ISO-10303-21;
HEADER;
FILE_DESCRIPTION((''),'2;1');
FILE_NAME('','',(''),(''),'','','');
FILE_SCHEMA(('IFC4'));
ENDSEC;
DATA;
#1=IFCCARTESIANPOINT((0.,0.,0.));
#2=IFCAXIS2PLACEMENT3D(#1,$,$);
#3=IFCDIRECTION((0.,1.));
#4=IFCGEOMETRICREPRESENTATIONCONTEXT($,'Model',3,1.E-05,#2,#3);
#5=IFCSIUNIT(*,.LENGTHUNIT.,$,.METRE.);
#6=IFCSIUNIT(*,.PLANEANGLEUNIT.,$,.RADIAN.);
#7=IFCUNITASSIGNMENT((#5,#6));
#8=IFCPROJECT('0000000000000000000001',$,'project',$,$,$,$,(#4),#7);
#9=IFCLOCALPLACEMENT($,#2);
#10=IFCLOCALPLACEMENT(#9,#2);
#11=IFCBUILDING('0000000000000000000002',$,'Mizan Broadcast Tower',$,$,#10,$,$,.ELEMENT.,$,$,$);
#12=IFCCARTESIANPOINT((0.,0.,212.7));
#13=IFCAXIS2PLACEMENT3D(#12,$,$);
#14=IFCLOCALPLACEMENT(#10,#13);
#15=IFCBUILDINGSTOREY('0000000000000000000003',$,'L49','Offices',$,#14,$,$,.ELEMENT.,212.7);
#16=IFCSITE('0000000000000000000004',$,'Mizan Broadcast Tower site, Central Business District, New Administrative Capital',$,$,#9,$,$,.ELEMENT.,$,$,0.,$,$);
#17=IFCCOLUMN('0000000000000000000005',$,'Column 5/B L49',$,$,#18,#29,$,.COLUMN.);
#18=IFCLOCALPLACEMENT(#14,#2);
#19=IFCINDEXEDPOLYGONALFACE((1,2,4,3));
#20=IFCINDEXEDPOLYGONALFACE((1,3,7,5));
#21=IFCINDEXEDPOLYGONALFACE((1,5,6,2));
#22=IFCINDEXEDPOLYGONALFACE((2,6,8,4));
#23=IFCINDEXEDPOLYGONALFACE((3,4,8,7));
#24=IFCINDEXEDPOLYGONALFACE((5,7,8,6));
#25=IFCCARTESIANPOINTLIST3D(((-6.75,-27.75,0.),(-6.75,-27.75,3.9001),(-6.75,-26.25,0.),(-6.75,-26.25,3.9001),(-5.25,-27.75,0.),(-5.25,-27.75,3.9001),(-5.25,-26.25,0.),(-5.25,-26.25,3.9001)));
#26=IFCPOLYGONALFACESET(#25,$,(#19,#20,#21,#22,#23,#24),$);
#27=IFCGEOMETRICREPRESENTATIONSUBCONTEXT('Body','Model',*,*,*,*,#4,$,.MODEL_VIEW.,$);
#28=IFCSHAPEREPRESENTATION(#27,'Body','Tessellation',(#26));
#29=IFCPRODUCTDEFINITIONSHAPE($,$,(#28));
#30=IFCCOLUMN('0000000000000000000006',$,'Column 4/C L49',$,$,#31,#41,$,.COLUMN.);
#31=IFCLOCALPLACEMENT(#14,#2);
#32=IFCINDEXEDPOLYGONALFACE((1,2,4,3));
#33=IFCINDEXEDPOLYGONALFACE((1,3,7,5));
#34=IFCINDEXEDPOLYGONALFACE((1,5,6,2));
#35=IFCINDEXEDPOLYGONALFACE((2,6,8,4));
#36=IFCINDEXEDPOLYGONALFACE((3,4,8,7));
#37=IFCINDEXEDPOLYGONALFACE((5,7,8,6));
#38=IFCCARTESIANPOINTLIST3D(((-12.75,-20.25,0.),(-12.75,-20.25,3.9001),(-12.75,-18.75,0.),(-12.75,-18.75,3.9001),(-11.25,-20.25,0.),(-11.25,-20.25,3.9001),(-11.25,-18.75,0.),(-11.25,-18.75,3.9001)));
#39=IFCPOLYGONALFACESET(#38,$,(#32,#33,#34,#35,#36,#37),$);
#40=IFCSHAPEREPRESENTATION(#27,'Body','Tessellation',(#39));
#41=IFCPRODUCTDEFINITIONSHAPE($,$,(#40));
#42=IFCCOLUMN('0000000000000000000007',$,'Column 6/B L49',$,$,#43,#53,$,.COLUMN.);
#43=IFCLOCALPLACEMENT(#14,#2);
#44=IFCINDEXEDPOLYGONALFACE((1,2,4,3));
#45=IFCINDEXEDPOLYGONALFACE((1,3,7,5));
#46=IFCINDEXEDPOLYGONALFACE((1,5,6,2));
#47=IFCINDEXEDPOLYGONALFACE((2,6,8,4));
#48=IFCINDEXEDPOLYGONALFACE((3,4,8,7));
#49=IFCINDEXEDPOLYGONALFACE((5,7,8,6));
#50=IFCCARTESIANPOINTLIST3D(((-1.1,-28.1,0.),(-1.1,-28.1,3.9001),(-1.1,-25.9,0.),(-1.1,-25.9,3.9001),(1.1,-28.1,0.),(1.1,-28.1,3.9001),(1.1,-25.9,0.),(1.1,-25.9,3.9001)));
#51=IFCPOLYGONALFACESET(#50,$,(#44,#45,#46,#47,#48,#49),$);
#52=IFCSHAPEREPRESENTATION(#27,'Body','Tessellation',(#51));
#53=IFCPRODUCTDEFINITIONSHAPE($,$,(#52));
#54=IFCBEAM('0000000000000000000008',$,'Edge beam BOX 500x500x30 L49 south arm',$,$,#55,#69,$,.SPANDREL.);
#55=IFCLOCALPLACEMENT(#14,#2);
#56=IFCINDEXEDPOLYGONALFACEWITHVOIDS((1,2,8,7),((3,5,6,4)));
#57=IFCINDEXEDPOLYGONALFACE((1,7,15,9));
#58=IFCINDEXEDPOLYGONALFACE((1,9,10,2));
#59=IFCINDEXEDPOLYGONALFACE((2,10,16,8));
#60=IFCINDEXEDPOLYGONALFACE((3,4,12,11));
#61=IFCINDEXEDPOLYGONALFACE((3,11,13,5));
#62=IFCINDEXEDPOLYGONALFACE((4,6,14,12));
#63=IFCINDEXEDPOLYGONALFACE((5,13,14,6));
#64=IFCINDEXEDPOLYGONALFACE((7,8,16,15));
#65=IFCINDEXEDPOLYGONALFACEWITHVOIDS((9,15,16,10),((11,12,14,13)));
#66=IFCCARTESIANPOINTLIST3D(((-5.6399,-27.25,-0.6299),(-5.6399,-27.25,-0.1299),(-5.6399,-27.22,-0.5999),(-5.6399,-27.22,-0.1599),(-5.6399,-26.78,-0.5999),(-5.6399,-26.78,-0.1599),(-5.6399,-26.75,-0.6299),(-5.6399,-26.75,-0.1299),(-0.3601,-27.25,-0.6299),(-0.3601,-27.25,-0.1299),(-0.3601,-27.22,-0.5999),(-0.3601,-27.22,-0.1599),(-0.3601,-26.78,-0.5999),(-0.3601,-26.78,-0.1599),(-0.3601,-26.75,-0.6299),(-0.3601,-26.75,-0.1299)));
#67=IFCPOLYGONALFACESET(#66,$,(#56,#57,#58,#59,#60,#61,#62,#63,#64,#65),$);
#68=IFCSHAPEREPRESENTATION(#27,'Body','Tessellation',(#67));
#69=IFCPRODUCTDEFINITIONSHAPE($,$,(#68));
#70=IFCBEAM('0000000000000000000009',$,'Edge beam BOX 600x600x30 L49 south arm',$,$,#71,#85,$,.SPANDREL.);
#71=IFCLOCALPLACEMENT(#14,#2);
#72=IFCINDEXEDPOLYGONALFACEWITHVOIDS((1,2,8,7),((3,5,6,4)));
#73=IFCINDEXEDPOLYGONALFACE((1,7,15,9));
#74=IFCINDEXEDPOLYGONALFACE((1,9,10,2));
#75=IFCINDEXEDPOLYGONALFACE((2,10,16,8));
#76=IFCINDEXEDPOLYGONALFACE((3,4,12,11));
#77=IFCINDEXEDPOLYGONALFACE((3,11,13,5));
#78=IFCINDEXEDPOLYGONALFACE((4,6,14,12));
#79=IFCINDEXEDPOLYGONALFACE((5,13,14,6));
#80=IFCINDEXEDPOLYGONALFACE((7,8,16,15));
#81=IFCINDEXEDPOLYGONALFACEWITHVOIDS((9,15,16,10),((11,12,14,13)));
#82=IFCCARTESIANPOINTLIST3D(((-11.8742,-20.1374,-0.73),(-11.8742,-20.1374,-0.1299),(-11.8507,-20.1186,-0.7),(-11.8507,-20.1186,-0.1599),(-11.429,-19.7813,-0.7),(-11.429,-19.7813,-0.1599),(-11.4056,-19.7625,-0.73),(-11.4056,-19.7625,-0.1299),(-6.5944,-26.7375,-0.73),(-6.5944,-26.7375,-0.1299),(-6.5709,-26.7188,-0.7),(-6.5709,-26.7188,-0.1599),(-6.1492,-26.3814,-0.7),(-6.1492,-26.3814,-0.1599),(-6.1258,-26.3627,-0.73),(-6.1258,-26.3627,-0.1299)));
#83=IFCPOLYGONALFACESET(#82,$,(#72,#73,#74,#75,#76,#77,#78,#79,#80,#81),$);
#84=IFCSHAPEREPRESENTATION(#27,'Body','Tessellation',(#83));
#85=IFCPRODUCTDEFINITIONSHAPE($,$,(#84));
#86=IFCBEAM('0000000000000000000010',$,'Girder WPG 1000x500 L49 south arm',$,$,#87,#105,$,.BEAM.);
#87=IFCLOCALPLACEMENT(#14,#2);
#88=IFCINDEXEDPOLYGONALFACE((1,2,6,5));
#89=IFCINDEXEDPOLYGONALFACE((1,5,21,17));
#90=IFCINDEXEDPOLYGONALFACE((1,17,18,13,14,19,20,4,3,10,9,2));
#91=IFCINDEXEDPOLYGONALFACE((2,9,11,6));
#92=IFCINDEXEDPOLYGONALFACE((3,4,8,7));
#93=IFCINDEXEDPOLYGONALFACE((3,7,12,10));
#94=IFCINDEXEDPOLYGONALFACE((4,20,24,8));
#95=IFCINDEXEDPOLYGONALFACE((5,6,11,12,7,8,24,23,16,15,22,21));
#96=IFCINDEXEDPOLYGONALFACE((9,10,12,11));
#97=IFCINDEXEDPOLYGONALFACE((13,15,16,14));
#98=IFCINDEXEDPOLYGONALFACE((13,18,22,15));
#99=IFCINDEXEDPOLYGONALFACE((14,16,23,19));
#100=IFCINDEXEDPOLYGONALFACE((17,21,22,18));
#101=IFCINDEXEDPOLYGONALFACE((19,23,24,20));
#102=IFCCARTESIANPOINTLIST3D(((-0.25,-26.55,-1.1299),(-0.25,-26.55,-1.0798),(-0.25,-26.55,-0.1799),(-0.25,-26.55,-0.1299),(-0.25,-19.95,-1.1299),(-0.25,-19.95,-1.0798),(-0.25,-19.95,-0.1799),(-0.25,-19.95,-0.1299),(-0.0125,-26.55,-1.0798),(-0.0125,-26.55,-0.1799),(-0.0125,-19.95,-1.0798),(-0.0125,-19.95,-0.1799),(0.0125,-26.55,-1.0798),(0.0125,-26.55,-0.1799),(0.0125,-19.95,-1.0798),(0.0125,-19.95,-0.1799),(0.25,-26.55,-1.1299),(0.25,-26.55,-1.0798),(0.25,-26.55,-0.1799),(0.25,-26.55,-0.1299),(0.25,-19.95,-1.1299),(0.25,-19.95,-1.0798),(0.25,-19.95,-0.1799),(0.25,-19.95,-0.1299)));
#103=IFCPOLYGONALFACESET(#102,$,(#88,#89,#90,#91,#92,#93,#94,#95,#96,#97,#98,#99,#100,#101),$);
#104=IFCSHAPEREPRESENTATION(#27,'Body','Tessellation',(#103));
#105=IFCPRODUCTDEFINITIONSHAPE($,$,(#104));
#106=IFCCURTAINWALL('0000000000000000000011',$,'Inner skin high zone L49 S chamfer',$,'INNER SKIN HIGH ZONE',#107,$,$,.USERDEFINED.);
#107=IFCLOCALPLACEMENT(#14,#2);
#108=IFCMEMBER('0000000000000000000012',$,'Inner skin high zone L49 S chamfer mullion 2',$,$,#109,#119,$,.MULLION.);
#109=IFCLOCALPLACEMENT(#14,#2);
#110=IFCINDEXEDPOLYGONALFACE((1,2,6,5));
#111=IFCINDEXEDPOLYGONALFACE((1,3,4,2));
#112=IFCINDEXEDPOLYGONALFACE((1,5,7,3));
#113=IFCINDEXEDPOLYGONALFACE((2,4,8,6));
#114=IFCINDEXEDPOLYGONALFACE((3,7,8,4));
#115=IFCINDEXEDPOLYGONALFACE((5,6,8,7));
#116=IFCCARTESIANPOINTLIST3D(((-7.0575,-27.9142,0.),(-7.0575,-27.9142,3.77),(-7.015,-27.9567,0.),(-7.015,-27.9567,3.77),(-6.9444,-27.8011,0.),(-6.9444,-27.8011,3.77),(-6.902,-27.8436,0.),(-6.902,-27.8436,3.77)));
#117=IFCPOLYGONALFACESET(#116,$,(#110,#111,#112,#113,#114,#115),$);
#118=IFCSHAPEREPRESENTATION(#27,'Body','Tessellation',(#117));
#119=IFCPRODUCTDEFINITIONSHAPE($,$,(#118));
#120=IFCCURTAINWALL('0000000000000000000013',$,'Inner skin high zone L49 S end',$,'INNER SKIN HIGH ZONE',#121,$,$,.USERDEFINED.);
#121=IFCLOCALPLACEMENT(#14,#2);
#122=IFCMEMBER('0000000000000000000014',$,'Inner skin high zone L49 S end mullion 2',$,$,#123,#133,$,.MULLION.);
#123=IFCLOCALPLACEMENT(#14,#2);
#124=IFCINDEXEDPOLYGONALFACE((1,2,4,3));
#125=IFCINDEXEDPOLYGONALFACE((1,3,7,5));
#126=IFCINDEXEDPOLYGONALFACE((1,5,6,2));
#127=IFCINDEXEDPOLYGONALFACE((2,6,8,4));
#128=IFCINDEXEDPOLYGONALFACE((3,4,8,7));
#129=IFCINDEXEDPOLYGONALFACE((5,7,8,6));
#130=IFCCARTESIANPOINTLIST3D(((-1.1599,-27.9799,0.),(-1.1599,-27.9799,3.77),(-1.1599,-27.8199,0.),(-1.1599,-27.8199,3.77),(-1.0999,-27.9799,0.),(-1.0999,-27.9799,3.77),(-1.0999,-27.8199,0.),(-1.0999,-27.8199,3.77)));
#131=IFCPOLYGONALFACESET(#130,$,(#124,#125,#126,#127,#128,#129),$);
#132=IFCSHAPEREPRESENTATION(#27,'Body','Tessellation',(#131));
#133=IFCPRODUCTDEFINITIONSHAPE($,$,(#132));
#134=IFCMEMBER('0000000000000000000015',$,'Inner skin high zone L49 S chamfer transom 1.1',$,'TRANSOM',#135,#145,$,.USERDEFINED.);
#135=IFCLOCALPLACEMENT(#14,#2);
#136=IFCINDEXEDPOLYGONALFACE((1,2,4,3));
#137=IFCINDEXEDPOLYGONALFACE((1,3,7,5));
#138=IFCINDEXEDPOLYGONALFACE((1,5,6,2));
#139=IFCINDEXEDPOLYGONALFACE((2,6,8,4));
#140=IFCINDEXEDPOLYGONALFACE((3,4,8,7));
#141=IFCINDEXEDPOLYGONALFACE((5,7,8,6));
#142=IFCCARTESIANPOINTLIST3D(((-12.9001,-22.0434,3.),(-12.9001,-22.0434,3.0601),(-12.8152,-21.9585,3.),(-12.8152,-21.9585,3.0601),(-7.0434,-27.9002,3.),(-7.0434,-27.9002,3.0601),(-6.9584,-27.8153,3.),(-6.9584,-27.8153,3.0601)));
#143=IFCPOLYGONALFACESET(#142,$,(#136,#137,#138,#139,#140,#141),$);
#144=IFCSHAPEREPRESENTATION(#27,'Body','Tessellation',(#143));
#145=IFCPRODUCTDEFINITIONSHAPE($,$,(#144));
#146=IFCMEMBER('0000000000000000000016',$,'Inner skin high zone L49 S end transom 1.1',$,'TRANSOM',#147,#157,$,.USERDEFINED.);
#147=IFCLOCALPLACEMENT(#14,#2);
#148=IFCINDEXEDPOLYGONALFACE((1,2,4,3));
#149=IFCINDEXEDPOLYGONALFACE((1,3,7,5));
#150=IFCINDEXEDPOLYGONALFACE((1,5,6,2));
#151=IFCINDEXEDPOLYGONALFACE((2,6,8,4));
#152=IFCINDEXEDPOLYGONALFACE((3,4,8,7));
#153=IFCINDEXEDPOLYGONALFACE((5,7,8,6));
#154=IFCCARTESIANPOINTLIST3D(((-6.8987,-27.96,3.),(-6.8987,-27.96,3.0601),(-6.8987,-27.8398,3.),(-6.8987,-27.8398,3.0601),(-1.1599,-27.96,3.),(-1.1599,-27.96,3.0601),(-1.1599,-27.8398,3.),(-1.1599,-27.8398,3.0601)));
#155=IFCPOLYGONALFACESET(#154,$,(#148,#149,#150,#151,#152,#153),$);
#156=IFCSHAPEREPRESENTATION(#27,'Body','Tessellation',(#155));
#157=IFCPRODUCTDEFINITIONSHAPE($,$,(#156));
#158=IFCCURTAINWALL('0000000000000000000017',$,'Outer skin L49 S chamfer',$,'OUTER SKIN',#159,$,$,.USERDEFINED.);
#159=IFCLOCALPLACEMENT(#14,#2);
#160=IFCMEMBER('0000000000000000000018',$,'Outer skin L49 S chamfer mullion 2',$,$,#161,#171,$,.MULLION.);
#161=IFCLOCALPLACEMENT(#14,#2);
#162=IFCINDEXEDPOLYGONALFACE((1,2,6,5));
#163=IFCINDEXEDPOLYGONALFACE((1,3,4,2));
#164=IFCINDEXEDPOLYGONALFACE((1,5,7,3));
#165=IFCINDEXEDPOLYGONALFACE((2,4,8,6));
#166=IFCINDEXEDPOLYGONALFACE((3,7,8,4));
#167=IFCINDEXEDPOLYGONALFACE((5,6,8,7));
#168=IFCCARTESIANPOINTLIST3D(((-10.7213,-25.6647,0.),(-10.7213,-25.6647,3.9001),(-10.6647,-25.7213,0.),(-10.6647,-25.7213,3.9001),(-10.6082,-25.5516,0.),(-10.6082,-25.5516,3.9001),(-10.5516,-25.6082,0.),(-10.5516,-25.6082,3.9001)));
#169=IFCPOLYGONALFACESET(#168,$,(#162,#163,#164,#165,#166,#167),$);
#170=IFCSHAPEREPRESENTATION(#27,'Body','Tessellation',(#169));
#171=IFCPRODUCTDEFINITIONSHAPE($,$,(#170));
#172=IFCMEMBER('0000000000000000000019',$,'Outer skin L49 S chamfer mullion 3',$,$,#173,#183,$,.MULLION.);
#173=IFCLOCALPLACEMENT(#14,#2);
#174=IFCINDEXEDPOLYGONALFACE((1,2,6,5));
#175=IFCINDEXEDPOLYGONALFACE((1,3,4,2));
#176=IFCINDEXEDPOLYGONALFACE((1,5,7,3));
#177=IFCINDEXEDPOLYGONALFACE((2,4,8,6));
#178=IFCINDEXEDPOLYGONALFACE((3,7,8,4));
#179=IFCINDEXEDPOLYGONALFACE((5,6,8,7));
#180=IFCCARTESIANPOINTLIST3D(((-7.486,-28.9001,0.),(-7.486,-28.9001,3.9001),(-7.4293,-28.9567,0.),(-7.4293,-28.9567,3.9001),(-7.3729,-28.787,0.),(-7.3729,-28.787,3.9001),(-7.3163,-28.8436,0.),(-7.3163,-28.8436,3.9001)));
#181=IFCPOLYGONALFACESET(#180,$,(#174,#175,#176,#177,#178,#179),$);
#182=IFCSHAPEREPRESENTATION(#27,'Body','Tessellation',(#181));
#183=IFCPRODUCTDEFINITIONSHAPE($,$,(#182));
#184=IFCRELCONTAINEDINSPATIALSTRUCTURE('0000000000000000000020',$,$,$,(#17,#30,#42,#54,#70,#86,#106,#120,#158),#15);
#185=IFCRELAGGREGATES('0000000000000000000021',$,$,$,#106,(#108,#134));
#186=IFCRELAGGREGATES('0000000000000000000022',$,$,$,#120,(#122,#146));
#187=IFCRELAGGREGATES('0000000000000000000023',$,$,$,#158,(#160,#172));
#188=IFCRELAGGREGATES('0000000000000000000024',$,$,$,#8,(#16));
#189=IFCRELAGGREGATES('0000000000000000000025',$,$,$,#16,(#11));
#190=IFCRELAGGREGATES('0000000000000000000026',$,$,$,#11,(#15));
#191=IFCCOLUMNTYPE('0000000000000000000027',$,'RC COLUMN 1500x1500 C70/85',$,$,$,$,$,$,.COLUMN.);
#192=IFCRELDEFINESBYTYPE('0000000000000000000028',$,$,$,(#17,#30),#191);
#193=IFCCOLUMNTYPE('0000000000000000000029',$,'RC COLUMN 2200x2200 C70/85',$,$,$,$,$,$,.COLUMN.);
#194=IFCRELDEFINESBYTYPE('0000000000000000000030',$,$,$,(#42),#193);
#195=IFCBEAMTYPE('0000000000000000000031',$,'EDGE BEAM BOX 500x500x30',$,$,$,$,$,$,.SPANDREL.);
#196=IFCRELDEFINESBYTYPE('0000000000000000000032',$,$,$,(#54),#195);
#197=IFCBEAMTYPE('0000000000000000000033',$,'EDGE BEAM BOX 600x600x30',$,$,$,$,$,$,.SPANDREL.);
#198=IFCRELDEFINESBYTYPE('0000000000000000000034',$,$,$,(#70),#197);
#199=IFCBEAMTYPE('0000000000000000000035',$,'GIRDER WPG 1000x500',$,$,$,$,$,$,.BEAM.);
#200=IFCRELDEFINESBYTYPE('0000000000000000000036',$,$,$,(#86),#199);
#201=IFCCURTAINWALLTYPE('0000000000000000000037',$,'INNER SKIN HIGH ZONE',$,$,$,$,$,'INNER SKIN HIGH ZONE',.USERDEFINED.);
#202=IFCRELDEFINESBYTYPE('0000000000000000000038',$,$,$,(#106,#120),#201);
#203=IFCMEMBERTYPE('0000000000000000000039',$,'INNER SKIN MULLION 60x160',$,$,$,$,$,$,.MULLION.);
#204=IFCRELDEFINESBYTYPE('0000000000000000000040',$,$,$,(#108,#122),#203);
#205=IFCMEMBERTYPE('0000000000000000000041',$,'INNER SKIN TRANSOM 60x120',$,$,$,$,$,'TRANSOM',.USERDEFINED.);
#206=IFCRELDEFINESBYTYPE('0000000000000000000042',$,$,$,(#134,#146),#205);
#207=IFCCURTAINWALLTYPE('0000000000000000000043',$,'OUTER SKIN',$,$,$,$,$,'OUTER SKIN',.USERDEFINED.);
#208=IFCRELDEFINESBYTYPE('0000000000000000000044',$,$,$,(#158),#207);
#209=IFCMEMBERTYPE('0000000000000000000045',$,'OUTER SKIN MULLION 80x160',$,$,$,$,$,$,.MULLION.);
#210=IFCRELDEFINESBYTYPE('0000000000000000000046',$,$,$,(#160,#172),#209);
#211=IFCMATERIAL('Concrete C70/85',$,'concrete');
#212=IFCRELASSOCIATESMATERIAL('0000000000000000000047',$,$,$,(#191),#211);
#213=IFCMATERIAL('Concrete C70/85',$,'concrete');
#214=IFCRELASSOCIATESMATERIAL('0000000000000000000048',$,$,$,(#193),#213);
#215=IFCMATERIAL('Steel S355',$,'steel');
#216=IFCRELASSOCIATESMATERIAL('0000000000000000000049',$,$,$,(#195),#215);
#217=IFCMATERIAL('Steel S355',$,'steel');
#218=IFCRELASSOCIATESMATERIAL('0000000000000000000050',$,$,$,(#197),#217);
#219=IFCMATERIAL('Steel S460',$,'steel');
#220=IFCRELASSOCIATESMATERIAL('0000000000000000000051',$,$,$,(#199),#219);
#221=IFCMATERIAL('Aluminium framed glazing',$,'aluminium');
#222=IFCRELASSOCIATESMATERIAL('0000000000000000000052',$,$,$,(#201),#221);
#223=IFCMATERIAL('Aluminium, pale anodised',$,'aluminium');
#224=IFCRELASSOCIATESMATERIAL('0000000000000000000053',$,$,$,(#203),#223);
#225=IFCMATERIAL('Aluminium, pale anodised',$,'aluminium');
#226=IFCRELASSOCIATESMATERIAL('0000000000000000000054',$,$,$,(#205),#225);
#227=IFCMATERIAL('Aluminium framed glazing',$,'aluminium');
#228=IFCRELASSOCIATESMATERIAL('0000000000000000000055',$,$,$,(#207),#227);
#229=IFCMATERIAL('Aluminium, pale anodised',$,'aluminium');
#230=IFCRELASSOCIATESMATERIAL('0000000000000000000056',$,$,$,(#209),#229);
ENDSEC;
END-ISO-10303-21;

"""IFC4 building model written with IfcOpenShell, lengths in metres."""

from ifc_helpers import new_model, si_unit, direction, frame, origin, origin_2d, place, context, subcontext, project, spatial, rectangle, hollow_rectangle, i_section, extrude, material, material_profile, profile_set, type_object, element, aggregate, save


model = new_model("IFC4")

# Units and contexts
model_context = context("Model", 3, precision=1e-05, world=origin(), true_north=direction((0.0, 1.0)))
body_context = subcontext(model_context, "Body", "Model", "MODEL_VIEW")
ifc_project = project(units=[si_unit("LENGTHUNIT", "METRE"), si_unit("PLANEANGLEUNIT", "RADIAN")], contexts=[model_context])

# Site, building, storey
site_placement = place(None, origin())
site = spatial("IfcSite", under=ifc_project, at=site_placement, Name="Mizan Broadcast Tower site, Central Business District, New Administrative Capital", CompositionType="ELEMENT", RefElevation=0.0)
building_placement = place(site_placement, origin())
building = spatial("IfcBuilding", under=site, at=building_placement, Name="Mizan Broadcast Tower", CompositionType="ELEMENT")
storey_placement = place(building_placement, frame((0.0, 0.0, 212.7)))
storey = spatial("IfcBuildingStorey", under=building, at=storey_placement, Name="L49", Description="Offices", CompositionType="ELEMENT", Elevation=212.7)

# Columns
ifc_material_1 = material(Name="Concrete C70/85", Category="concrete")
ifc_material_profile_1 = material_profile(ifc_material_1, rectangle(XDim=1.5, YDim=1.5, at=origin_2d()), Name="RC 1500x1500")
ifc_profile_set_1 = profile_set([ifc_material_profile_1], Name="Concrete C70/85")
column_type_1 = type_object("IfcColumnType", Name="RC COLUMN 1500x1500 C70/85", PredefinedType="COLUMN", material=ifc_profile_set_1)
for number, where, z_axis, x_axis, name in (
    (1, (-6.0, -27.0, 0.0), (0.0, 0.0, 1.0), (1.0, 0.0, 0.0), "Column 5/B L49"),
    (2, (-12.0, -19.5, 0.0), (0.0, 0.0, 1.0), (1.0, 0.0, 0.0), "Column 4/C L49"),
):
    element("IfcColumn", number, at=place(storey_placement, frame(where, z_axis=z_axis, x_axis=x_axis)), inside=storey, type_object=column_type_1, Name=name, PredefinedType="COLUMN", context=body_context, shape_type="SweptSolid", body=[
        extrude(rectangle(XDim=1.5, YDim=1.5, at=origin_2d()), origin(), (0.0, 0.0, 1.0), 3.9001),
    ])
ifc_material_2 = material(Name="Concrete C70/85", Category="concrete")
ifc_material_profile_2 = material_profile(ifc_material_2, rectangle(XDim=2.2, YDim=2.2, at=origin_2d()), Name="RC 2200x2200")
ifc_profile_set_2 = profile_set([ifc_material_profile_2], Name="Concrete C70/85")
column_type_2 = type_object("IfcColumnType", Name="RC COLUMN 2200x2200 C70/85", PredefinedType="COLUMN", material=ifc_profile_set_2)
column_placement = place(storey_placement, frame((0.0, -27.0, 0.0), z_axis=(0.0, 0.0, 1.0), x_axis=(1.0, 0.0, 0.0)))
element("IfcColumn", 3, at=column_placement, inside=storey, type_object=column_type_2, Name="Column 6/B L49", PredefinedType="COLUMN", context=body_context, shape_type="SweptSolid", body=[
    extrude(rectangle(XDim=2.2, YDim=2.2, at=origin_2d()), origin(), (0.0, 0.0, 1.0), 3.9001),
])

# Beams
ifc_material_3 = material(Name="Steel S355", Category="steel")
ifc_material_profile_3 = material_profile(ifc_material_3, hollow_rectangle(XDim=0.5, YDim=0.5, WallThickness=0.03, at=origin_2d()), Name="BOX 500x500x30")
ifc_profile_set_3 = profile_set([ifc_material_profile_3], Name="Steel S355")
beam_type_1 = type_object("IfcBeamType", Name="EDGE BEAM BOX 500x500x30", PredefinedType="SPANDREL", material=ifc_profile_set_3)
beam_1_placement = place(storey_placement, frame((-5.6399, -27.0, -0.3799), z_axis=(1.0, 0.0, 0.0), x_axis=(0.0, 1.0, 0.0)))
element("IfcBeam", 4, at=beam_1_placement, inside=storey, type_object=beam_type_1, Name="Edge beam BOX 500x500x30 L49 south arm", PredefinedType="SPANDREL", context=body_context, shape_type="SweptSolid", body=[
    extrude(hollow_rectangle(XDim=0.5, YDim=0.5, WallThickness=0.03, at=origin_2d()), origin(), (0.0, 0.0, 1.0), 5.2798),
])
ifc_material_4 = material(Name="Steel S355", Category="steel")
ifc_material_profile_4 = material_profile(ifc_material_4, hollow_rectangle(XDim=0.6001, YDim=0.6001, WallThickness=0.03, at=origin_2d()), Name="BOX 600x600x30")
ifc_profile_set_4 = profile_set([ifc_material_profile_4], Name="Steel S355")
beam_type_2 = type_object("IfcBeamType", Name="EDGE BEAM BOX 600x600x30", PredefinedType="SPANDREL", material=ifc_profile_set_4)
beam_2_placement = place(storey_placement, frame((-11.6399, -19.95, -0.4299), z_axis=(0.624674, -0.780886, 0.0), x_axis=(0.780886, 0.624674, 0.0)))
element("IfcBeam", 5, at=beam_2_placement, inside=storey, type_object=beam_type_2, Name="Edge beam BOX 600x600x30 L49 south arm", PredefinedType="SPANDREL", context=body_context, shape_type="SweptSolid", body=[
    extrude(hollow_rectangle(XDim=0.6001, YDim=0.6001, WallThickness=0.03, at=origin_2d()), origin(), (0.0, 0.0, 1.0), 8.4521),
])
ifc_material_5 = material(Name="Steel S460", Category="steel")
ifc_material_profile_5 = material_profile(ifc_material_5, i_section(OverallWidth=0.5, OverallDepth=1.0, WebThickness=0.0249, FlangeThickness=0.05, at=origin_2d()), Name="WPG 1000x500")
ifc_profile_set_5 = profile_set([ifc_material_profile_5], Name="Steel S460")
beam_type_3 = type_object("IfcBeamType", Name="GIRDER WPG 1000x500", PredefinedType="BEAM", material=ifc_profile_set_5)
beam_3_placement = place(storey_placement, frame((0.0, -19.95, -0.6299), z_axis=(0.0, -1.0, 0.0), x_axis=(1.0, 0.0, 0.0)))
element("IfcBeam", 6, at=beam_3_placement, inside=storey, type_object=beam_type_3, Name="Girder WPG 1000x500 L49 south arm", PredefinedType="BEAM", context=body_context, shape_type="SweptSolid", body=[
    extrude(i_section(OverallWidth=0.5, OverallDepth=1.0, WebThickness=0.0249, FlangeThickness=0.05, at=origin_2d()), origin(), (0.0, 0.0, 1.0), 6.6001),
])

# Curtain walls, members
ifc_material_6 = material(Name="Aluminium framed glazing", Category="aluminium")
curtain_wall_type_1 = type_object("IfcCurtainWallType", Name="INNER SKIN HIGH ZONE", ElementType="INNER SKIN HIGH ZONE", PredefinedType="USERDEFINED", material=ifc_material_6)
curtain_wall_1_placement = place(storey_placement, origin())
curtain_wall_1 = element("IfcCurtainWall", 7, at=curtain_wall_1_placement, inside=storey, type_object=curtain_wall_type_1, Name="Inner skin high zone L49 S chamfer", ObjectType="INNER SKIN HIGH ZONE", PredefinedType="USERDEFINED")
ifc_material_7 = material(Name="Aluminium, pale anodised", Category="aluminium")
ifc_material_profile_6 = material_profile(ifc_material_7, rectangle(XDim=0.1599, YDim=0.0601, at=origin_2d()), Name="MULLION 160x60")
ifc_profile_set_6 = profile_set([ifc_material_profile_6], Name="Aluminium, pale anodised")
member_type_1 = type_object("IfcMemberType", Name="INNER SKIN MULLION 60x160", PredefinedType="MULLION", material=ifc_profile_set_6)
member_1_placement = place(storey_placement, frame((-6.9797, -27.8789, 0.0), z_axis=(0.0, 0.0, 1.0), x_axis=(0.707107, 0.707107, 0.0)))
member_1 = element("IfcMember", 8, at=member_1_placement, type_object=member_type_1, Name="Inner skin high zone L49 S chamfer mullion 2", PredefinedType="MULLION", context=body_context, shape_type="SweptSolid", body=[
    extrude(rectangle(XDim=0.1599, YDim=0.0601, at=origin_2d()), origin(), (0.0, 0.0, 1.0), 3.77),
])
curtain_wall_2_placement = place(storey_placement, origin())
curtain_wall_2 = element("IfcCurtainWall", 9, at=curtain_wall_2_placement, inside=storey, type_object=curtain_wall_type_1, Name="Inner skin high zone L49 S end", ObjectType="INNER SKIN HIGH ZONE", PredefinedType="USERDEFINED")
member_2_placement = place(storey_placement, frame((-1.1299, -27.8999, 0.0), z_axis=(0.0, 0.0, 1.0), x_axis=(0.0, 1.0, 0.0)))
member_2 = element("IfcMember", 10, at=member_2_placement, type_object=member_type_1, Name="Inner skin high zone L49 S end mullion 2", PredefinedType="MULLION", context=body_context, shape_type="SweptSolid", body=[
    extrude(rectangle(XDim=0.1599, YDim=0.0601, at=origin_2d()), origin(), (0.0, 0.0, 1.0), 3.77),
])

# Members
ifc_material_8 = material(Name="Aluminium, pale anodised", Category="aluminium")
ifc_material_profile_7 = material_profile(ifc_material_8, rectangle(XDim=0.1201, YDim=0.0601, at=origin_2d()), Name="TRANSOM 120x60")
ifc_profile_set_7 = profile_set([ifc_material_profile_7], Name="Aluminium, pale anodised")
member_type_2 = type_object("IfcMemberType", Name="INNER SKIN TRANSOM 60x120", ElementType="TRANSOM", PredefinedType="USERDEFINED", material=ifc_profile_set_7)
member_3_placement = place(storey_placement, frame((-12.8577, -22.001, 3.03), z_axis=(0.707107, -0.707107, 0.0), x_axis=(0.707107, 0.707107, 0.0)))
member_3 = element("IfcMember", 11, at=member_3_placement, type_object=member_type_2, Name="Inner skin high zone L49 S chamfer transom 1.1", ObjectType="TRANSOM", PredefinedType="USERDEFINED", context=body_context, shape_type="SweptSolid", body=[
    extrude(rectangle(XDim=0.1201, YDim=0.0601, at=origin_2d()), origin(), (0.0, 0.0, 1.0), 8.2827),
])
member_4_placement = place(storey_placement, frame((-6.8987, -27.8999, 3.03), z_axis=(1.0, 0.0, 0.0), x_axis=(0.0, 1.0, 0.0)))
member_4 = element("IfcMember", 12, at=member_4_placement, type_object=member_type_2, Name="Inner skin high zone L49 S end transom 1.1", ObjectType="TRANSOM", PredefinedType="USERDEFINED", context=body_context, shape_type="SweptSolid", body=[
    extrude(rectangle(XDim=0.1201, YDim=0.0601, at=origin_2d()), origin(), (0.0, 0.0, 1.0), 5.7388),
])

# Curtain wall, members
ifc_material_9 = material(Name="Aluminium framed glazing", Category="aluminium")
curtain_wall_type_2 = type_object("IfcCurtainWallType", Name="OUTER SKIN", ElementType="OUTER SKIN", PredefinedType="USERDEFINED", material=ifc_material_9)
curtain_wall_3_placement = place(storey_placement, origin())
curtain_wall_3 = element("IfcCurtainWall", 13, at=curtain_wall_3_placement, inside=storey, type_object=curtain_wall_type_2, Name="Outer skin L49 S chamfer", ObjectType="OUTER SKIN", PredefinedType="USERDEFINED")
ifc_material_10 = material(Name="Aluminium, pale anodised", Category="aluminium")
ifc_material_profile_8 = material_profile(ifc_material_10, rectangle(XDim=0.1599, YDim=0.0801, at=origin_2d()), Name="MULLION 160x80")
ifc_profile_set_8 = profile_set([ifc_material_profile_8], Name="Aluminium, pale anodised")
member_type_3 = type_object("IfcMemberType", Name="OUTER SKIN MULLION 80x160", PredefinedType="MULLION", material=ifc_profile_set_8)
member_5_placement = place(storey_placement, frame((-10.6365, -25.6365, 0.0), z_axis=(0.0, 0.0, 1.0), x_axis=(0.707107, 0.707107, 0.0)))
member_5 = element("IfcMember", 14, at=member_5_placement, type_object=member_type_3, Name="Outer skin L49 S chamfer mullion 2", PredefinedType="MULLION", context=body_context, shape_type="SweptSolid", body=[
    extrude(rectangle(XDim=0.1599, YDim=0.0801, at=origin_2d()), origin(), (0.0, 0.0, 1.0), 3.9001),
])
member_6_placement = place(storey_placement, frame((-7.4011, -28.8718, 0.0), z_axis=(0.0, 0.0, 1.0), x_axis=(0.707107, 0.707107, 0.0)))
member_6 = element("IfcMember", 15, at=member_6_placement, type_object=member_type_3, Name="Outer skin L49 S chamfer mullion 3", PredefinedType="MULLION", context=body_context, shape_type="SweptSolid", body=[
    extrude(rectangle(XDim=0.1599, YDim=0.0801, at=origin_2d()), origin(), (0.0, 0.0, 1.0), 3.9001),
])

aggregate(curtain_wall_1, [member_1, member_3])
aggregate(curtain_wall_2, [member_2, member_4])
aggregate(curtain_wall_3, [member_5, member_6])

save(model, "model.ifc")
